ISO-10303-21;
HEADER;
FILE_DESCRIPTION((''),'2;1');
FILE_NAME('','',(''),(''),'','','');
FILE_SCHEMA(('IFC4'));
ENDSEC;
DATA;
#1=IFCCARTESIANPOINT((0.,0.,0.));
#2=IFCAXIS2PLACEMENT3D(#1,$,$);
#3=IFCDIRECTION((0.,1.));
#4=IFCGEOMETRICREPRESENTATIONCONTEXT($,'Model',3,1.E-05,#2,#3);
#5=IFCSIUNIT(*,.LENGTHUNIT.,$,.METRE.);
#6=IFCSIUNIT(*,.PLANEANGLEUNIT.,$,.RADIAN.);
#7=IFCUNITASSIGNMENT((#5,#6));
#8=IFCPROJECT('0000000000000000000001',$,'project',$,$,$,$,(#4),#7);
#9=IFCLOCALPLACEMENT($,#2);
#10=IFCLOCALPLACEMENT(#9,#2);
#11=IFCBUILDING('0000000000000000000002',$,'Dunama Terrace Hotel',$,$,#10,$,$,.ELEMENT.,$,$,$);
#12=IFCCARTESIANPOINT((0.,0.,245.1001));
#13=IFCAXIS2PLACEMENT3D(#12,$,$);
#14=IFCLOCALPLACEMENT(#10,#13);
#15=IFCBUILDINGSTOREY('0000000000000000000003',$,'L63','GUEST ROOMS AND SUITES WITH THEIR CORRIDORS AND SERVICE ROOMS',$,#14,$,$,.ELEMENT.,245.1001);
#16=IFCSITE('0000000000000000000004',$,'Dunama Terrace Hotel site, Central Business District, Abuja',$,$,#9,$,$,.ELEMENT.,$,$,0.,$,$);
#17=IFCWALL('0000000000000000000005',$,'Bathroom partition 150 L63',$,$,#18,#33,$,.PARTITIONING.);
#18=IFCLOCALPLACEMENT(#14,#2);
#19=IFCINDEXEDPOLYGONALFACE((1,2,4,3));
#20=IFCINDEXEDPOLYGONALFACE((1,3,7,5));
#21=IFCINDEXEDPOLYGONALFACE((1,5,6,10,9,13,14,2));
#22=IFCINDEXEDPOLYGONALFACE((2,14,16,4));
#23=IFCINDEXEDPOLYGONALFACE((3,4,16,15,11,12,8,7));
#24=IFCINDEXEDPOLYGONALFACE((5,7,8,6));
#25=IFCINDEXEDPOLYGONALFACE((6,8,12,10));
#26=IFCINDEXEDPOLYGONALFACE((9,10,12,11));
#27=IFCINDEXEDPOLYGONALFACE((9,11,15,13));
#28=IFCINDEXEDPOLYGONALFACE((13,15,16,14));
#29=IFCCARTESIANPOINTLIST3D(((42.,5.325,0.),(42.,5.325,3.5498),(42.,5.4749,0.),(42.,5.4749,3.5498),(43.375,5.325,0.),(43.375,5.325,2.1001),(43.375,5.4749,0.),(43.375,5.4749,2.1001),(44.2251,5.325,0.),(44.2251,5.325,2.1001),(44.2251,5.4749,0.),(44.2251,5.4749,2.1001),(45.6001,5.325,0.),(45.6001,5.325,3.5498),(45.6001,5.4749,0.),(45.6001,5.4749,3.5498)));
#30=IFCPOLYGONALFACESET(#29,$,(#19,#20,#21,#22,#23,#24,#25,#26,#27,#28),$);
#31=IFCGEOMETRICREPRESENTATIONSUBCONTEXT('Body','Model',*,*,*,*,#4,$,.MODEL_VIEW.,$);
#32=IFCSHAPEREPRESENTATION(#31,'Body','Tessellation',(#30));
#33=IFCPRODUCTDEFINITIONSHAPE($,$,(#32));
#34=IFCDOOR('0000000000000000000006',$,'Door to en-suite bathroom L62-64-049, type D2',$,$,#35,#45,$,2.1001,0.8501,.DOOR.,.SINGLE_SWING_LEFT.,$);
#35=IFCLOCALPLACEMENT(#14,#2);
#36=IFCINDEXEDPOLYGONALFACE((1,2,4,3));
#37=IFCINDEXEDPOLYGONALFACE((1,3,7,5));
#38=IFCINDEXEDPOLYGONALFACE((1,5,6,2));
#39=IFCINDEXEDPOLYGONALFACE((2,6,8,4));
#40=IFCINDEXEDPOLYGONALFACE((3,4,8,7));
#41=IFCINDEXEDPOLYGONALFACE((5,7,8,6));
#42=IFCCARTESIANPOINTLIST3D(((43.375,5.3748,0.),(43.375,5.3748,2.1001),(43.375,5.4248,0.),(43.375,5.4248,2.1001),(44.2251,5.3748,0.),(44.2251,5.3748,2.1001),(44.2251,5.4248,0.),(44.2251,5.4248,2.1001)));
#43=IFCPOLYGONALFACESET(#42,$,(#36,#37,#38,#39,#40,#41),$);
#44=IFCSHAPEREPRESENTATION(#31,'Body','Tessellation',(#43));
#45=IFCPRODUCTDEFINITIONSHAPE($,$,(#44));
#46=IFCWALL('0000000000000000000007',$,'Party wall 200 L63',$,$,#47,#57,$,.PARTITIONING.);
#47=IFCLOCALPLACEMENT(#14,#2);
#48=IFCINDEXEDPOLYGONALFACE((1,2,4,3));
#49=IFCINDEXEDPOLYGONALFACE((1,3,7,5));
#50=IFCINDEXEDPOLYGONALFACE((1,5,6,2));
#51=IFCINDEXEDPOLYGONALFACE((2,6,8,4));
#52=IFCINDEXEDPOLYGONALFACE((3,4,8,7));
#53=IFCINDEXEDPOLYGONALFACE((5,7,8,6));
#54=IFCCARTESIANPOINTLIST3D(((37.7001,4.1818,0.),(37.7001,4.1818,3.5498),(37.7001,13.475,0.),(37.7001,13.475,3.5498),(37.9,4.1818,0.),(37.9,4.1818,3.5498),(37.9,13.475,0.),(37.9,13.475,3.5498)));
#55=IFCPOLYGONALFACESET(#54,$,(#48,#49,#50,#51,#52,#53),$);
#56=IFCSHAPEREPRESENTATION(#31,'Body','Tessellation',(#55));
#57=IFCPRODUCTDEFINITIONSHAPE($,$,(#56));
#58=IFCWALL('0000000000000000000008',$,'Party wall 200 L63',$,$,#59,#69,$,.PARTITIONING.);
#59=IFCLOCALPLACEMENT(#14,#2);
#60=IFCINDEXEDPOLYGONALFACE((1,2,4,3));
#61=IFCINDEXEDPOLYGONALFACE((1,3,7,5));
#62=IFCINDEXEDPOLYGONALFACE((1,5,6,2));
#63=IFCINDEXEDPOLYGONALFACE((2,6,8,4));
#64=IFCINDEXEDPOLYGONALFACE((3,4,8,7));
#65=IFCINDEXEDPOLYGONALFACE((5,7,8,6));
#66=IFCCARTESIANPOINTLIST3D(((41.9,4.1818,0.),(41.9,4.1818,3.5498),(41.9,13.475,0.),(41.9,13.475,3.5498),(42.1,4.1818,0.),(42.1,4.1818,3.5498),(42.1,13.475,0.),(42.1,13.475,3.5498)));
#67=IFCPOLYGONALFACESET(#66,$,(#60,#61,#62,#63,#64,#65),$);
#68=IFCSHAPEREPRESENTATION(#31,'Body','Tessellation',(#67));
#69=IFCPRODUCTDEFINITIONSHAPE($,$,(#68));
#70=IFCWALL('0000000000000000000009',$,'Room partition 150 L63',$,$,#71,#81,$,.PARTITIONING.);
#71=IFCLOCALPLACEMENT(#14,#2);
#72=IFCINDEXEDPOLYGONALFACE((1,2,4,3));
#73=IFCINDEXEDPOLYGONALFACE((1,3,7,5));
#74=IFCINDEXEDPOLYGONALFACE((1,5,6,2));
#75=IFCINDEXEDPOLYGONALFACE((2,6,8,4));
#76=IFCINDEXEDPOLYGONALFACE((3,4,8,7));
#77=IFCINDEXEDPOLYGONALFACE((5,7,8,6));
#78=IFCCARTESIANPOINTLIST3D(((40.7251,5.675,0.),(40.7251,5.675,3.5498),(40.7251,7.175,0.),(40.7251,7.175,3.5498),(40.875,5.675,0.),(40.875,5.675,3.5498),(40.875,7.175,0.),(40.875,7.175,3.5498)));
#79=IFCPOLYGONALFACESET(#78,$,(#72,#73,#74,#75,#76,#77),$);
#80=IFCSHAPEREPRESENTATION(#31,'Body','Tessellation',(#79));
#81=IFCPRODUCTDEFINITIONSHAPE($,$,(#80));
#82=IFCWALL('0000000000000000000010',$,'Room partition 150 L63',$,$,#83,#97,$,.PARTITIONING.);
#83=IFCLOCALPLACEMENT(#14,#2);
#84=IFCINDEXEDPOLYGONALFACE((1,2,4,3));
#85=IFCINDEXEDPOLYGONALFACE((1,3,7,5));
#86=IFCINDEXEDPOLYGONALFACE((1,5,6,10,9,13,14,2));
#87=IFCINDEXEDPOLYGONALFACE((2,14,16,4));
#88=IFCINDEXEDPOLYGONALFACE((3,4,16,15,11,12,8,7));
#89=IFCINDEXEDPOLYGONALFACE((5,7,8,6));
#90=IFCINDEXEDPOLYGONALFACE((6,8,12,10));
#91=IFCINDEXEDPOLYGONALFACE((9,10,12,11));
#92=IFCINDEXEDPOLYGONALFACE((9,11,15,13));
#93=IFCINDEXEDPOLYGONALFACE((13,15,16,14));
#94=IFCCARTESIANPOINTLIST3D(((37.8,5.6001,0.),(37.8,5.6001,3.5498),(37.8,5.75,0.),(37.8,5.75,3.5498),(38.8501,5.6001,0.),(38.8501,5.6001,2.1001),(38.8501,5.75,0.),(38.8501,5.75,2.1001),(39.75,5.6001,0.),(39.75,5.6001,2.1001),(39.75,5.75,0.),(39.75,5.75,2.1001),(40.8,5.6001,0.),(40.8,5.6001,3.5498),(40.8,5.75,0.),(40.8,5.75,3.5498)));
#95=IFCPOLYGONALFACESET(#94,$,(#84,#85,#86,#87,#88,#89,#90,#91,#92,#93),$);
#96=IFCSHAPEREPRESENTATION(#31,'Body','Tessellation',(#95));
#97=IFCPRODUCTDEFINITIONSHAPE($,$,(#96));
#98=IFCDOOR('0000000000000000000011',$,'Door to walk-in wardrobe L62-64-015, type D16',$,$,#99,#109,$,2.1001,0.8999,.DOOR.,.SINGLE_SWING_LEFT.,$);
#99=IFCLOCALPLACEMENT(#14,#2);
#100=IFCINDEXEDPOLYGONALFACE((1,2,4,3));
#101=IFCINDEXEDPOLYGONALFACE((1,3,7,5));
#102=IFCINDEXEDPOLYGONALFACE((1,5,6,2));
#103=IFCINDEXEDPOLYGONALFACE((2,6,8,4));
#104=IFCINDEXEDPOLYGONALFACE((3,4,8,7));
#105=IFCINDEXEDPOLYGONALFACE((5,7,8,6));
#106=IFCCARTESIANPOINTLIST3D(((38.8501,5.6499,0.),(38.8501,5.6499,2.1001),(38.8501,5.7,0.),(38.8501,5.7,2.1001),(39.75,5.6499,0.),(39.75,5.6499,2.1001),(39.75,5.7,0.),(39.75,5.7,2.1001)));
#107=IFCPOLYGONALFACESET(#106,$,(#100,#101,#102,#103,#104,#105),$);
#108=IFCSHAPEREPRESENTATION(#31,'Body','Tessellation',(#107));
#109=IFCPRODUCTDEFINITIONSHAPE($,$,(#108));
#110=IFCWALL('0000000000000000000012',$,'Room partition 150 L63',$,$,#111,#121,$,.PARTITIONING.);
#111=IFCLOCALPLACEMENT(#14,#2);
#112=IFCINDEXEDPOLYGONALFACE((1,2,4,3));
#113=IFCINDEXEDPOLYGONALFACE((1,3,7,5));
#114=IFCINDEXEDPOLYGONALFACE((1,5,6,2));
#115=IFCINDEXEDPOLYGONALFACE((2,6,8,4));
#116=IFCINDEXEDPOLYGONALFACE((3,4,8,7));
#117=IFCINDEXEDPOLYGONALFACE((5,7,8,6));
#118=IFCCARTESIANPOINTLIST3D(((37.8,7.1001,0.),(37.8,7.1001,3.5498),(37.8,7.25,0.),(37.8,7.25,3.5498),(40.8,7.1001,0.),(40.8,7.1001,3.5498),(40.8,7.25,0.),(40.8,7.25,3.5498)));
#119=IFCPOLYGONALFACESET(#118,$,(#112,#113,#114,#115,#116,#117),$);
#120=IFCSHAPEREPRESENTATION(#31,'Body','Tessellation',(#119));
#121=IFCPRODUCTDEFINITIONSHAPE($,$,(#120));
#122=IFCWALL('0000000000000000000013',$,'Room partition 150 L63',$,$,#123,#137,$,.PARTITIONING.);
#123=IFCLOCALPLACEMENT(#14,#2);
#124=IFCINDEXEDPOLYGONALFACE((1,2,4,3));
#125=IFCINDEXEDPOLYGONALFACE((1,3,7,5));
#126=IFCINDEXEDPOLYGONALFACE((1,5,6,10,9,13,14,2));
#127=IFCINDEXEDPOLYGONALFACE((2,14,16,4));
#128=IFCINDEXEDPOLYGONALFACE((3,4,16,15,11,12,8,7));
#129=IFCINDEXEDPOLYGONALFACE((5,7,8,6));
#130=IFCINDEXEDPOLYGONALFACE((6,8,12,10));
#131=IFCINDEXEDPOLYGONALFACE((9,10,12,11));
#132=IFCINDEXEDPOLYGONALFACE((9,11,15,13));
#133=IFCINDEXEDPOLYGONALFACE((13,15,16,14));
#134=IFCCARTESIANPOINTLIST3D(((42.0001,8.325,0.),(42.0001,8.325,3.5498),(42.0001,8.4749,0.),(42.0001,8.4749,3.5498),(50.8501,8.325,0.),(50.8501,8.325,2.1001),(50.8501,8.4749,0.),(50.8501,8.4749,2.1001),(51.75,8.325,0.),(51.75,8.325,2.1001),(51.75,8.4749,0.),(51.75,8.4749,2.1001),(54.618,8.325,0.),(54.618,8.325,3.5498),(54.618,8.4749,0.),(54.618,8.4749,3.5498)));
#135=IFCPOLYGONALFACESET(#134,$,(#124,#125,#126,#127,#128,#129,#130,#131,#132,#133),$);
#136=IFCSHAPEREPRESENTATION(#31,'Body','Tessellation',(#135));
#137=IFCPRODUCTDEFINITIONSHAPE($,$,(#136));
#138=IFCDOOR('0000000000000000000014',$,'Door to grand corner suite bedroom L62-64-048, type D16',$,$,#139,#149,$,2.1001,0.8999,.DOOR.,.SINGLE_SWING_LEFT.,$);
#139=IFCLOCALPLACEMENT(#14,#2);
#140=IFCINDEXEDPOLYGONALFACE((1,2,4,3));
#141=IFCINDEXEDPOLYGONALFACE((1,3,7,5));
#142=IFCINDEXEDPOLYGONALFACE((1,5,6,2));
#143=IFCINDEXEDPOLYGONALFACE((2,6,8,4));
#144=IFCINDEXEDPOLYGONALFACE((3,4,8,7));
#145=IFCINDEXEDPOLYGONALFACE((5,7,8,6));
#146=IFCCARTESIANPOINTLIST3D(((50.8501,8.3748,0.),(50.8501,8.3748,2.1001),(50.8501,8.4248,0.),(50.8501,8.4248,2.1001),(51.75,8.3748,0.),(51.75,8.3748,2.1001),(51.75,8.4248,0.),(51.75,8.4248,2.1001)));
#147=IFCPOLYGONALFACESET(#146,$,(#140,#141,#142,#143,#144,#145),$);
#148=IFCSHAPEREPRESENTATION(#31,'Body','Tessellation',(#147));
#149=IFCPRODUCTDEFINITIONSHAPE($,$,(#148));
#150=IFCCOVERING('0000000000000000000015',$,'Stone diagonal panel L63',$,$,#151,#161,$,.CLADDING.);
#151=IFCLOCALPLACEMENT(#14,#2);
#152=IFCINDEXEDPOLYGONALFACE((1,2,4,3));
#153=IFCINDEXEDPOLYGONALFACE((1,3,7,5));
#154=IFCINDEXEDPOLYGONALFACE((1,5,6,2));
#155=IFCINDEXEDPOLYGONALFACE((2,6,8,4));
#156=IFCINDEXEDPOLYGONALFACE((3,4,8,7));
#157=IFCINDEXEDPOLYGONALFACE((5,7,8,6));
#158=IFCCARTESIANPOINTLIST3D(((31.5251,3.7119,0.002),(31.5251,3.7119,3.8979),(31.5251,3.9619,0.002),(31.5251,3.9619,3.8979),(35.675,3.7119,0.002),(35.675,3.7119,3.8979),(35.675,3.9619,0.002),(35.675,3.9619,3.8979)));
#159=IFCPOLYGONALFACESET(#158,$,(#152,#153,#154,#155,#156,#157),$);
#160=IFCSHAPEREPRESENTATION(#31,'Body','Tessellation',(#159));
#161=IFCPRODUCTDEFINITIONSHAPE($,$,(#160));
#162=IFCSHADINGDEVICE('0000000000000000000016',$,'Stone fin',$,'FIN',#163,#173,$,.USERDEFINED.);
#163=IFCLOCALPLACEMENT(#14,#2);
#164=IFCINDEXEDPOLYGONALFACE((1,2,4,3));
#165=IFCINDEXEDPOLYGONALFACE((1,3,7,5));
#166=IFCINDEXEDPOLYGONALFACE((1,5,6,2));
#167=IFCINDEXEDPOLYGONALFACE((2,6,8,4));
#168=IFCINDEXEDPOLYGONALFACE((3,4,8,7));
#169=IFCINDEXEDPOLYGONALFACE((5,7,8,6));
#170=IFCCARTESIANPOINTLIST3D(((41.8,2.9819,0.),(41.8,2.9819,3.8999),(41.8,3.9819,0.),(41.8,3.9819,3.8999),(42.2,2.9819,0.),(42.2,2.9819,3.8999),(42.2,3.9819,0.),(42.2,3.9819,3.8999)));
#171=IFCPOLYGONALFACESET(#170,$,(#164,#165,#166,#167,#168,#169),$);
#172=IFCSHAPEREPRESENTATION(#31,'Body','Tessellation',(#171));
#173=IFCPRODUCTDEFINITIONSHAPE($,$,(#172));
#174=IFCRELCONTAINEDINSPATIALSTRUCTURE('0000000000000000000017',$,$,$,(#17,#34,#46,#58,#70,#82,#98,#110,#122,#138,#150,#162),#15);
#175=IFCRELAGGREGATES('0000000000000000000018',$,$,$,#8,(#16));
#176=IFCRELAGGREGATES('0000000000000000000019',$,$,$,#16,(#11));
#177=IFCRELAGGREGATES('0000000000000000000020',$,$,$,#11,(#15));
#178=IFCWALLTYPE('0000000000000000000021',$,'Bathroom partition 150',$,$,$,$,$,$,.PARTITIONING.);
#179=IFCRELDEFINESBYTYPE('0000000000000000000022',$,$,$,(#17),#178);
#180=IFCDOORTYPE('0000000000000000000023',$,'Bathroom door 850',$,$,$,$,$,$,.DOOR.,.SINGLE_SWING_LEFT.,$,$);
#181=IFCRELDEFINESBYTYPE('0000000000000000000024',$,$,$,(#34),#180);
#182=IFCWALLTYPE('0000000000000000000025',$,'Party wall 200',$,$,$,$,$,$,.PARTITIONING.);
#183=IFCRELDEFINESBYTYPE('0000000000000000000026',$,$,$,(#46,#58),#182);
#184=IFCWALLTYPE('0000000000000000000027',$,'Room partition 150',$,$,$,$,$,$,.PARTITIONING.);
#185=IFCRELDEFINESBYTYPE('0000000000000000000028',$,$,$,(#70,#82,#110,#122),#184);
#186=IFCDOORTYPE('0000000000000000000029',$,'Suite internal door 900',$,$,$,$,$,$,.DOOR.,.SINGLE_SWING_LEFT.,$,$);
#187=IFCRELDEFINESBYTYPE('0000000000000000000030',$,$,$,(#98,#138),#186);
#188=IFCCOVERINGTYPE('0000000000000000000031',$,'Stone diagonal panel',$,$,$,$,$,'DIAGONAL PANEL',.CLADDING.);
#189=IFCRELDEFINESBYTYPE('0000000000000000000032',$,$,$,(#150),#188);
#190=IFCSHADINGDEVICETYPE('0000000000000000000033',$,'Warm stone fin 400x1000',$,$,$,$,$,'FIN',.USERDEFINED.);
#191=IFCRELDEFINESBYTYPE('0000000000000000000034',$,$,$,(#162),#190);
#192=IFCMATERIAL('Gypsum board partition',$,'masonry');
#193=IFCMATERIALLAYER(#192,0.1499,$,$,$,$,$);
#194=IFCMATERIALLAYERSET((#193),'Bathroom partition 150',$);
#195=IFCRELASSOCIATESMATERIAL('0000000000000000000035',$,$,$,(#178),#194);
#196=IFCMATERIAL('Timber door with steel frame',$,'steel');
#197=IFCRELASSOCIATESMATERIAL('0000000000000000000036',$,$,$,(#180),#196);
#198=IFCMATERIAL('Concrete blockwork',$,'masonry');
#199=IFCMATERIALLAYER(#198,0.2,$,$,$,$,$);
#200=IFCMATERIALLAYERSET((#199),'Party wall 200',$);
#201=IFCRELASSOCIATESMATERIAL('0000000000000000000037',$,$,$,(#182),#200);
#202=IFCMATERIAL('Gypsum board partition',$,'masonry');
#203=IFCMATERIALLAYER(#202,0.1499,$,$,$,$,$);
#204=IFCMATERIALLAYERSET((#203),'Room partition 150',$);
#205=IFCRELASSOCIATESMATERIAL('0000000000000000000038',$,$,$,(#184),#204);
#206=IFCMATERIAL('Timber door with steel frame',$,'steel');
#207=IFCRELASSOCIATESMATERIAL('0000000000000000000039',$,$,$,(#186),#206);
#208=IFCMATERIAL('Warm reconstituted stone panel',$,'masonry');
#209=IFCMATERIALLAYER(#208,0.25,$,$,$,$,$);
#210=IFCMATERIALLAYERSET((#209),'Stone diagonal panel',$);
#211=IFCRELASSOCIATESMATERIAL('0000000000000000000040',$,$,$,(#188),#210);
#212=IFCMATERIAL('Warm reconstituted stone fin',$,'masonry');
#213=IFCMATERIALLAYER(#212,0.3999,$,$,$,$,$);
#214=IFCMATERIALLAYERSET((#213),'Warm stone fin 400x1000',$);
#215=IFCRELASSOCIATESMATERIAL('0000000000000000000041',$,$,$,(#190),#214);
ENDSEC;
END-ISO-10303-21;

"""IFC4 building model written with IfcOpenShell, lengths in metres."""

from ifc_helpers import new_model, si_unit, direction, frame, frame_2d, origin, origin_2d, place, context, subcontext, project, spatial, rectangle, extrude, material, layer, layer_set, type_object, element, fill, save


model = new_model("IFC4")

# Units and contexts
model_context = context("Model", 3, precision=1e-05, world=origin(), true_north=direction((0.0, 1.0)))
body_context = subcontext(model_context, "Body", "Model", "MODEL_VIEW")
ifc_project = project(units=[si_unit("LENGTHUNIT", "METRE"), si_unit("PLANEANGLEUNIT", "RADIAN")], contexts=[model_context])

# Site, building, storey
site_placement = place(None, origin())
site = spatial("IfcSite", under=ifc_project, at=site_placement, Name="Dunama Terrace Hotel site, Central Business District, Abuja", CompositionType="ELEMENT", RefElevation=0.0)
building_placement = place(site_placement, origin())
building = spatial("IfcBuilding", under=site, at=building_placement, Name="Dunama Terrace Hotel", CompositionType="ELEMENT")
storey_placement = place(building_placement, frame((0.0, 0.0, 245.1001)))
storey = spatial("IfcBuildingStorey", under=building, at=storey_placement, Name="L63", Description="GUEST ROOMS AND SUITES WITH THEIR CORRIDORS AND SERVICE ROOMS", CompositionType="ELEMENT", Elevation=245.1001)

# Wall, opening, door
ifc_material_1 = material(Name="Gypsum board partition", Category="masonry")
ifc_layer_1 = layer(ifc_material_1, 0.1499)
ifc_layer_set_1 = layer_set([ifc_layer_1], Name="Bathroom partition 150")
wall_type_1 = type_object("IfcWallType", Name="Bathroom partition 150", PredefinedType="PARTITIONING", material=ifc_layer_set_1)
ifc_material_2 = material(Name="Timber door with steel frame", Category="steel")
door_type_1 = type_object("IfcDoorType", Name="Bathroom door 850", OperationType="SINGLE_SWING_LEFT", PredefinedType="DOOR", material=ifc_material_2)
wall_1_placement = place(storey_placement, frame((42.0, 5.3999, 0.0), z_axis=(0.0, 0.0, 1.0), x_axis=(1.0, 0.0, 0.0)))
wall_1 = element("IfcWall", 1, at=wall_1_placement, inside=storey, type_object=wall_type_1, Name="Bathroom partition 150 L63", PredefinedType="PARTITIONING", context=body_context, shape_type="SweptSolid", body=[
    extrude(rectangle(XDim=3.6001, YDim=0.1499, at=frame_2d((1.8, 0.0))), origin(), (0.0, 0.0, 1.0), 3.5498),
])
opening_1_placement = place(wall_1_placement, frame((1.375, 0.0, 0.0)))
opening_1 = element("IfcOpeningElement", 2, at=opening_1_placement, cuts=wall_1, PredefinedType="OPENING", context=body_context, shape_type="SweptSolid", body=[
    extrude(rectangle(XDim=0.8501, YDim=2.1001, at=frame_2d((0.425, 1.05))), frame((0.0, 0.085, 0.0), z_axis=(0.0, -1.0, 0.0), x_axis=(1.0, 0.0, 0.0)), (0.0, 0.0, 1.0), 0.1699),
])
door_1_placement = place(opening_1_placement, origin())
door_1 = element("IfcDoor", 3, at=door_1_placement, inside=storey, type_object=door_type_1, Name="Door to en-suite bathroom L62-64-049, type D2", OperationType="SINGLE_SWING_LEFT", OverallHeight=2.1001, OverallWidth=0.8501, PredefinedType="DOOR", context=body_context, shape_type="SweptSolid", body=[
    extrude(rectangle(XDim=0.8501, YDim=2.1001, at=frame_2d((0.425, 1.05))), frame((0.0, 0.0249, 0.0), z_axis=(0.0, -1.0, 0.0), x_axis=(1.0, 0.0, 0.0)), (0.0, 0.0, 1.0), 0.05),
])
fill(opening_1, door_1)

# Walls
ifc_material_3 = material(Name="Concrete blockwork", Category="masonry")
ifc_layer_2 = layer(ifc_material_3, 0.2)
ifc_layer_set_2 = layer_set([ifc_layer_2], Name="Party wall 200")
wall_type_2 = type_object("IfcWallType", Name="Party wall 200", PredefinedType="PARTITIONING", material=ifc_layer_set_2)
for number, where, z_axis, x_axis, name in (
    (4, (37.8, 4.1819, 0.0), (0.0, 0.0, 1.0), (0.0, 1.0, 0.0), "Party wall 200 L63"),
    (5, (42.0, 4.1819, 0.0), (0.0, 0.0, 1.0), (0.0, 1.0, 0.0), "Party wall 200 L63"),
):
    element("IfcWall", number, at=place(storey_placement, frame(where, z_axis=z_axis, x_axis=x_axis)), inside=storey, type_object=wall_type_2, Name=name, PredefinedType="PARTITIONING", context=body_context, shape_type="SweptSolid", body=[
        extrude(rectangle(XDim=9.2932, YDim=0.2, at=frame_2d((4.6465, 0.0))), origin(), (0.0, 0.0, 1.0), 3.5498),
    ])
ifc_material_4 = material(Name="Gypsum board partition", Category="masonry")
ifc_layer_3 = layer(ifc_material_4, 0.1499)
ifc_layer_set_3 = layer_set([ifc_layer_3], Name="Room partition 150")
wall_type_3 = type_object("IfcWallType", Name="Room partition 150", PredefinedType="PARTITIONING", material=ifc_layer_set_3)
wall_2_placement = place(storey_placement, frame((40.8, 5.675, 0.0), z_axis=(0.0, 0.0, 1.0), x_axis=(0.0, 1.0, 0.0)))
element("IfcWall", 6, at=wall_2_placement, inside=storey, type_object=wall_type_3, Name="Room partition 150 L63", PredefinedType="PARTITIONING", context=body_context, shape_type="SweptSolid", body=[
    extrude(rectangle(XDim=1.5, YDim=0.1499, at=frame_2d((0.75, 0.0))), origin(), (0.0, 0.0, 1.0), 3.5498),
])

# Wall, opening, door
wall_3_placement = place(storey_placement, frame((37.8, 5.675, 0.0), z_axis=(0.0, 0.0, 1.0), x_axis=(1.0, 0.0, 0.0)))
wall_3 = element("IfcWall", 7, at=wall_3_placement, inside=storey, type_object=wall_type_3, Name="Room partition 150 L63", PredefinedType="PARTITIONING", context=body_context, shape_type="SweptSolid", body=[
    extrude(rectangle(XDim=3.0, YDim=0.1499, at=frame_2d((1.5, 0.0))), origin(), (0.0, 0.0, 1.0), 3.5498),
])
opening_2_placement = place(wall_3_placement, frame((1.05, 0.0, 0.0)))
opening_2 = element("IfcOpeningElement", 8, at=opening_2_placement, cuts=wall_3, PredefinedType="OPENING", context=body_context, shape_type="SweptSolid", body=[
    extrude(rectangle(XDim=0.8999, YDim=2.1001, at=frame_2d((0.45, 1.05))), frame((0.0, 0.085, 0.0), z_axis=(0.0, -1.0, 0.0), x_axis=(1.0, 0.0, 0.0)), (0.0, 0.0, 1.0), 0.1699),
])
ifc_material_5 = material(Name="Timber door with steel frame", Category="steel")
door_type_2 = type_object("IfcDoorType", Name="Suite internal door 900", OperationType="SINGLE_SWING_LEFT", PredefinedType="DOOR", material=ifc_material_5)
door_2_placement = place(opening_2_placement, origin())
door_2 = element("IfcDoor", 9, at=door_2_placement, inside=storey, type_object=door_type_2, Name="Door to walk-in wardrobe L62-64-015, type D16", OperationType="SINGLE_SWING_LEFT", OverallHeight=2.1001, OverallWidth=0.8999, PredefinedType="DOOR", context=body_context, shape_type="SweptSolid", body=[
    extrude(rectangle(XDim=0.8999, YDim=2.1001, at=frame_2d((0.45, 1.05))), frame((0.0, 0.0249, 0.0), z_axis=(0.0, -1.0, 0.0), x_axis=(1.0, 0.0, 0.0)), (0.0, 0.0, 1.0), 0.05),
])
fill(opening_2, door_2)

# Wall
wall_4_placement = place(storey_placement, frame((37.8, 7.175, 0.0), z_axis=(0.0, 0.0, 1.0), x_axis=(1.0, 0.0, 0.0)))
element("IfcWall", 10, at=wall_4_placement, inside=storey, type_object=wall_type_3, Name="Room partition 150 L63", PredefinedType="PARTITIONING", context=body_context, shape_type="SweptSolid", body=[
    extrude(rectangle(XDim=3.0, YDim=0.1499, at=frame_2d((1.5, 0.0))), origin(), (0.0, 0.0, 1.0), 3.5498),
])

# Wall, opening, door
wall_5_placement = place(storey_placement, frame((42.0, 8.3999, 0.0), z_axis=(0.0, 0.0, 1.0), x_axis=(1.0, 0.0, 0.0)))
wall_5 = element("IfcWall", 11, at=wall_5_placement, inside=storey, type_object=wall_type_3, Name="Room partition 150 L63", PredefinedType="PARTITIONING", context=body_context, shape_type="SweptSolid", body=[
    extrude(rectangle(XDim=12.6179, YDim=0.1499, at=frame_2d((6.3091, 0.0))), origin(), (0.0, 0.0, 1.0), 3.5498),
])
opening_3_placement = place(wall_5_placement, frame((8.8501, 0.0, 0.0)))
opening_3 = element("IfcOpeningElement", 12, at=opening_3_placement, cuts=wall_5, PredefinedType="OPENING", context=body_context, shape_type="SweptSolid", body=[
    extrude(rectangle(XDim=0.8999, YDim=2.1001, at=frame_2d((0.45, 1.05))), frame((0.0, 0.085, 0.0), z_axis=(0.0, -1.0, 0.0), x_axis=(1.0, 0.0, 0.0)), (0.0, 0.0, 1.0), 0.1699),
])
door_3_placement = place(opening_3_placement, frame((0.8999, 0.0, 0.0), z_axis=(0.0, 0.0, 1.0), x_axis=(-1.0, 0.0, 0.0)))
door_3 = element("IfcDoor", 13, at=door_3_placement, inside=storey, type_object=door_type_2, Name="Door to grand corner suite bedroom L62-64-048, type D16", OperationType="SINGLE_SWING_LEFT", OverallHeight=2.1001, OverallWidth=0.8999, PredefinedType="DOOR", context=body_context, shape_type="SweptSolid", body=[
    extrude(rectangle(XDim=0.8999, YDim=2.1001, at=frame_2d((0.45, 1.05))), frame((0.0, 0.0251, 0.0), z_axis=(0.0, -1.0, 0.0), x_axis=(1.0, 0.0, 0.0)), (0.0, 0.0, 1.0), 0.05),
])
fill(opening_3, door_3)

# Covering
ifc_material_6 = material(Name="Warm reconstituted stone panel", Category="masonry")
ifc_layer_4 = layer(ifc_material_6, 0.25)
ifc_layer_set_4 = layer_set([ifc_layer_4], Name="Stone diagonal panel")
covering_type = type_object("IfcCoveringType", Name="Stone diagonal panel", ElementType="DIAGONAL PANEL", PredefinedType="CLADDING", material=ifc_layer_set_4)
covering_placement = place(storey_placement, frame((33.6001, 3.8369, 0.002), z_axis=(0.0, 0.0, 1.0), x_axis=(1.0, 0.0, 0.0)))
element("IfcCovering", 14, at=covering_placement, inside=storey, type_object=covering_type, Name="Stone diagonal panel L63", PredefinedType="CLADDING", context=body_context, shape_type="SweptSolid", body=[
    extrude(rectangle(XDim=4.1499, YDim=0.25, at=origin_2d()), origin(), (0.0, 0.0, 1.0), 3.896),
])

# Shading device
ifc_material_7 = material(Name="Warm reconstituted stone fin", Category="masonry")
ifc_layer_5 = layer(ifc_material_7, 0.3999)
ifc_layer_set_5 = layer_set([ifc_layer_5], Name="Warm stone fin 400x1000")
shading_device_type = type_object("IfcShadingDeviceType", Name="Warm stone fin 400x1000", ElementType="FIN", PredefinedType="USERDEFINED", material=ifc_layer_set_5)
shading_device_placement = place(storey_placement, frame((42.0, 3.4819, 0.0), z_axis=(0.0, 0.0, 1.0), x_axis=(1.0, 0.0, 0.0)))
element("IfcShadingDevice", 15, at=shading_device_placement, inside=storey, type_object=shading_device_type, Name="Stone fin", ObjectType="FIN", PredefinedType="USERDEFINED", context=body_context, shape_type="SweptSolid", body=[
    extrude(rectangle(XDim=0.3999, YDim=1.0, at=origin_2d()), origin(), (0.0, 0.0, 1.0), 3.8999),
])

save(model, "model.ifc")
